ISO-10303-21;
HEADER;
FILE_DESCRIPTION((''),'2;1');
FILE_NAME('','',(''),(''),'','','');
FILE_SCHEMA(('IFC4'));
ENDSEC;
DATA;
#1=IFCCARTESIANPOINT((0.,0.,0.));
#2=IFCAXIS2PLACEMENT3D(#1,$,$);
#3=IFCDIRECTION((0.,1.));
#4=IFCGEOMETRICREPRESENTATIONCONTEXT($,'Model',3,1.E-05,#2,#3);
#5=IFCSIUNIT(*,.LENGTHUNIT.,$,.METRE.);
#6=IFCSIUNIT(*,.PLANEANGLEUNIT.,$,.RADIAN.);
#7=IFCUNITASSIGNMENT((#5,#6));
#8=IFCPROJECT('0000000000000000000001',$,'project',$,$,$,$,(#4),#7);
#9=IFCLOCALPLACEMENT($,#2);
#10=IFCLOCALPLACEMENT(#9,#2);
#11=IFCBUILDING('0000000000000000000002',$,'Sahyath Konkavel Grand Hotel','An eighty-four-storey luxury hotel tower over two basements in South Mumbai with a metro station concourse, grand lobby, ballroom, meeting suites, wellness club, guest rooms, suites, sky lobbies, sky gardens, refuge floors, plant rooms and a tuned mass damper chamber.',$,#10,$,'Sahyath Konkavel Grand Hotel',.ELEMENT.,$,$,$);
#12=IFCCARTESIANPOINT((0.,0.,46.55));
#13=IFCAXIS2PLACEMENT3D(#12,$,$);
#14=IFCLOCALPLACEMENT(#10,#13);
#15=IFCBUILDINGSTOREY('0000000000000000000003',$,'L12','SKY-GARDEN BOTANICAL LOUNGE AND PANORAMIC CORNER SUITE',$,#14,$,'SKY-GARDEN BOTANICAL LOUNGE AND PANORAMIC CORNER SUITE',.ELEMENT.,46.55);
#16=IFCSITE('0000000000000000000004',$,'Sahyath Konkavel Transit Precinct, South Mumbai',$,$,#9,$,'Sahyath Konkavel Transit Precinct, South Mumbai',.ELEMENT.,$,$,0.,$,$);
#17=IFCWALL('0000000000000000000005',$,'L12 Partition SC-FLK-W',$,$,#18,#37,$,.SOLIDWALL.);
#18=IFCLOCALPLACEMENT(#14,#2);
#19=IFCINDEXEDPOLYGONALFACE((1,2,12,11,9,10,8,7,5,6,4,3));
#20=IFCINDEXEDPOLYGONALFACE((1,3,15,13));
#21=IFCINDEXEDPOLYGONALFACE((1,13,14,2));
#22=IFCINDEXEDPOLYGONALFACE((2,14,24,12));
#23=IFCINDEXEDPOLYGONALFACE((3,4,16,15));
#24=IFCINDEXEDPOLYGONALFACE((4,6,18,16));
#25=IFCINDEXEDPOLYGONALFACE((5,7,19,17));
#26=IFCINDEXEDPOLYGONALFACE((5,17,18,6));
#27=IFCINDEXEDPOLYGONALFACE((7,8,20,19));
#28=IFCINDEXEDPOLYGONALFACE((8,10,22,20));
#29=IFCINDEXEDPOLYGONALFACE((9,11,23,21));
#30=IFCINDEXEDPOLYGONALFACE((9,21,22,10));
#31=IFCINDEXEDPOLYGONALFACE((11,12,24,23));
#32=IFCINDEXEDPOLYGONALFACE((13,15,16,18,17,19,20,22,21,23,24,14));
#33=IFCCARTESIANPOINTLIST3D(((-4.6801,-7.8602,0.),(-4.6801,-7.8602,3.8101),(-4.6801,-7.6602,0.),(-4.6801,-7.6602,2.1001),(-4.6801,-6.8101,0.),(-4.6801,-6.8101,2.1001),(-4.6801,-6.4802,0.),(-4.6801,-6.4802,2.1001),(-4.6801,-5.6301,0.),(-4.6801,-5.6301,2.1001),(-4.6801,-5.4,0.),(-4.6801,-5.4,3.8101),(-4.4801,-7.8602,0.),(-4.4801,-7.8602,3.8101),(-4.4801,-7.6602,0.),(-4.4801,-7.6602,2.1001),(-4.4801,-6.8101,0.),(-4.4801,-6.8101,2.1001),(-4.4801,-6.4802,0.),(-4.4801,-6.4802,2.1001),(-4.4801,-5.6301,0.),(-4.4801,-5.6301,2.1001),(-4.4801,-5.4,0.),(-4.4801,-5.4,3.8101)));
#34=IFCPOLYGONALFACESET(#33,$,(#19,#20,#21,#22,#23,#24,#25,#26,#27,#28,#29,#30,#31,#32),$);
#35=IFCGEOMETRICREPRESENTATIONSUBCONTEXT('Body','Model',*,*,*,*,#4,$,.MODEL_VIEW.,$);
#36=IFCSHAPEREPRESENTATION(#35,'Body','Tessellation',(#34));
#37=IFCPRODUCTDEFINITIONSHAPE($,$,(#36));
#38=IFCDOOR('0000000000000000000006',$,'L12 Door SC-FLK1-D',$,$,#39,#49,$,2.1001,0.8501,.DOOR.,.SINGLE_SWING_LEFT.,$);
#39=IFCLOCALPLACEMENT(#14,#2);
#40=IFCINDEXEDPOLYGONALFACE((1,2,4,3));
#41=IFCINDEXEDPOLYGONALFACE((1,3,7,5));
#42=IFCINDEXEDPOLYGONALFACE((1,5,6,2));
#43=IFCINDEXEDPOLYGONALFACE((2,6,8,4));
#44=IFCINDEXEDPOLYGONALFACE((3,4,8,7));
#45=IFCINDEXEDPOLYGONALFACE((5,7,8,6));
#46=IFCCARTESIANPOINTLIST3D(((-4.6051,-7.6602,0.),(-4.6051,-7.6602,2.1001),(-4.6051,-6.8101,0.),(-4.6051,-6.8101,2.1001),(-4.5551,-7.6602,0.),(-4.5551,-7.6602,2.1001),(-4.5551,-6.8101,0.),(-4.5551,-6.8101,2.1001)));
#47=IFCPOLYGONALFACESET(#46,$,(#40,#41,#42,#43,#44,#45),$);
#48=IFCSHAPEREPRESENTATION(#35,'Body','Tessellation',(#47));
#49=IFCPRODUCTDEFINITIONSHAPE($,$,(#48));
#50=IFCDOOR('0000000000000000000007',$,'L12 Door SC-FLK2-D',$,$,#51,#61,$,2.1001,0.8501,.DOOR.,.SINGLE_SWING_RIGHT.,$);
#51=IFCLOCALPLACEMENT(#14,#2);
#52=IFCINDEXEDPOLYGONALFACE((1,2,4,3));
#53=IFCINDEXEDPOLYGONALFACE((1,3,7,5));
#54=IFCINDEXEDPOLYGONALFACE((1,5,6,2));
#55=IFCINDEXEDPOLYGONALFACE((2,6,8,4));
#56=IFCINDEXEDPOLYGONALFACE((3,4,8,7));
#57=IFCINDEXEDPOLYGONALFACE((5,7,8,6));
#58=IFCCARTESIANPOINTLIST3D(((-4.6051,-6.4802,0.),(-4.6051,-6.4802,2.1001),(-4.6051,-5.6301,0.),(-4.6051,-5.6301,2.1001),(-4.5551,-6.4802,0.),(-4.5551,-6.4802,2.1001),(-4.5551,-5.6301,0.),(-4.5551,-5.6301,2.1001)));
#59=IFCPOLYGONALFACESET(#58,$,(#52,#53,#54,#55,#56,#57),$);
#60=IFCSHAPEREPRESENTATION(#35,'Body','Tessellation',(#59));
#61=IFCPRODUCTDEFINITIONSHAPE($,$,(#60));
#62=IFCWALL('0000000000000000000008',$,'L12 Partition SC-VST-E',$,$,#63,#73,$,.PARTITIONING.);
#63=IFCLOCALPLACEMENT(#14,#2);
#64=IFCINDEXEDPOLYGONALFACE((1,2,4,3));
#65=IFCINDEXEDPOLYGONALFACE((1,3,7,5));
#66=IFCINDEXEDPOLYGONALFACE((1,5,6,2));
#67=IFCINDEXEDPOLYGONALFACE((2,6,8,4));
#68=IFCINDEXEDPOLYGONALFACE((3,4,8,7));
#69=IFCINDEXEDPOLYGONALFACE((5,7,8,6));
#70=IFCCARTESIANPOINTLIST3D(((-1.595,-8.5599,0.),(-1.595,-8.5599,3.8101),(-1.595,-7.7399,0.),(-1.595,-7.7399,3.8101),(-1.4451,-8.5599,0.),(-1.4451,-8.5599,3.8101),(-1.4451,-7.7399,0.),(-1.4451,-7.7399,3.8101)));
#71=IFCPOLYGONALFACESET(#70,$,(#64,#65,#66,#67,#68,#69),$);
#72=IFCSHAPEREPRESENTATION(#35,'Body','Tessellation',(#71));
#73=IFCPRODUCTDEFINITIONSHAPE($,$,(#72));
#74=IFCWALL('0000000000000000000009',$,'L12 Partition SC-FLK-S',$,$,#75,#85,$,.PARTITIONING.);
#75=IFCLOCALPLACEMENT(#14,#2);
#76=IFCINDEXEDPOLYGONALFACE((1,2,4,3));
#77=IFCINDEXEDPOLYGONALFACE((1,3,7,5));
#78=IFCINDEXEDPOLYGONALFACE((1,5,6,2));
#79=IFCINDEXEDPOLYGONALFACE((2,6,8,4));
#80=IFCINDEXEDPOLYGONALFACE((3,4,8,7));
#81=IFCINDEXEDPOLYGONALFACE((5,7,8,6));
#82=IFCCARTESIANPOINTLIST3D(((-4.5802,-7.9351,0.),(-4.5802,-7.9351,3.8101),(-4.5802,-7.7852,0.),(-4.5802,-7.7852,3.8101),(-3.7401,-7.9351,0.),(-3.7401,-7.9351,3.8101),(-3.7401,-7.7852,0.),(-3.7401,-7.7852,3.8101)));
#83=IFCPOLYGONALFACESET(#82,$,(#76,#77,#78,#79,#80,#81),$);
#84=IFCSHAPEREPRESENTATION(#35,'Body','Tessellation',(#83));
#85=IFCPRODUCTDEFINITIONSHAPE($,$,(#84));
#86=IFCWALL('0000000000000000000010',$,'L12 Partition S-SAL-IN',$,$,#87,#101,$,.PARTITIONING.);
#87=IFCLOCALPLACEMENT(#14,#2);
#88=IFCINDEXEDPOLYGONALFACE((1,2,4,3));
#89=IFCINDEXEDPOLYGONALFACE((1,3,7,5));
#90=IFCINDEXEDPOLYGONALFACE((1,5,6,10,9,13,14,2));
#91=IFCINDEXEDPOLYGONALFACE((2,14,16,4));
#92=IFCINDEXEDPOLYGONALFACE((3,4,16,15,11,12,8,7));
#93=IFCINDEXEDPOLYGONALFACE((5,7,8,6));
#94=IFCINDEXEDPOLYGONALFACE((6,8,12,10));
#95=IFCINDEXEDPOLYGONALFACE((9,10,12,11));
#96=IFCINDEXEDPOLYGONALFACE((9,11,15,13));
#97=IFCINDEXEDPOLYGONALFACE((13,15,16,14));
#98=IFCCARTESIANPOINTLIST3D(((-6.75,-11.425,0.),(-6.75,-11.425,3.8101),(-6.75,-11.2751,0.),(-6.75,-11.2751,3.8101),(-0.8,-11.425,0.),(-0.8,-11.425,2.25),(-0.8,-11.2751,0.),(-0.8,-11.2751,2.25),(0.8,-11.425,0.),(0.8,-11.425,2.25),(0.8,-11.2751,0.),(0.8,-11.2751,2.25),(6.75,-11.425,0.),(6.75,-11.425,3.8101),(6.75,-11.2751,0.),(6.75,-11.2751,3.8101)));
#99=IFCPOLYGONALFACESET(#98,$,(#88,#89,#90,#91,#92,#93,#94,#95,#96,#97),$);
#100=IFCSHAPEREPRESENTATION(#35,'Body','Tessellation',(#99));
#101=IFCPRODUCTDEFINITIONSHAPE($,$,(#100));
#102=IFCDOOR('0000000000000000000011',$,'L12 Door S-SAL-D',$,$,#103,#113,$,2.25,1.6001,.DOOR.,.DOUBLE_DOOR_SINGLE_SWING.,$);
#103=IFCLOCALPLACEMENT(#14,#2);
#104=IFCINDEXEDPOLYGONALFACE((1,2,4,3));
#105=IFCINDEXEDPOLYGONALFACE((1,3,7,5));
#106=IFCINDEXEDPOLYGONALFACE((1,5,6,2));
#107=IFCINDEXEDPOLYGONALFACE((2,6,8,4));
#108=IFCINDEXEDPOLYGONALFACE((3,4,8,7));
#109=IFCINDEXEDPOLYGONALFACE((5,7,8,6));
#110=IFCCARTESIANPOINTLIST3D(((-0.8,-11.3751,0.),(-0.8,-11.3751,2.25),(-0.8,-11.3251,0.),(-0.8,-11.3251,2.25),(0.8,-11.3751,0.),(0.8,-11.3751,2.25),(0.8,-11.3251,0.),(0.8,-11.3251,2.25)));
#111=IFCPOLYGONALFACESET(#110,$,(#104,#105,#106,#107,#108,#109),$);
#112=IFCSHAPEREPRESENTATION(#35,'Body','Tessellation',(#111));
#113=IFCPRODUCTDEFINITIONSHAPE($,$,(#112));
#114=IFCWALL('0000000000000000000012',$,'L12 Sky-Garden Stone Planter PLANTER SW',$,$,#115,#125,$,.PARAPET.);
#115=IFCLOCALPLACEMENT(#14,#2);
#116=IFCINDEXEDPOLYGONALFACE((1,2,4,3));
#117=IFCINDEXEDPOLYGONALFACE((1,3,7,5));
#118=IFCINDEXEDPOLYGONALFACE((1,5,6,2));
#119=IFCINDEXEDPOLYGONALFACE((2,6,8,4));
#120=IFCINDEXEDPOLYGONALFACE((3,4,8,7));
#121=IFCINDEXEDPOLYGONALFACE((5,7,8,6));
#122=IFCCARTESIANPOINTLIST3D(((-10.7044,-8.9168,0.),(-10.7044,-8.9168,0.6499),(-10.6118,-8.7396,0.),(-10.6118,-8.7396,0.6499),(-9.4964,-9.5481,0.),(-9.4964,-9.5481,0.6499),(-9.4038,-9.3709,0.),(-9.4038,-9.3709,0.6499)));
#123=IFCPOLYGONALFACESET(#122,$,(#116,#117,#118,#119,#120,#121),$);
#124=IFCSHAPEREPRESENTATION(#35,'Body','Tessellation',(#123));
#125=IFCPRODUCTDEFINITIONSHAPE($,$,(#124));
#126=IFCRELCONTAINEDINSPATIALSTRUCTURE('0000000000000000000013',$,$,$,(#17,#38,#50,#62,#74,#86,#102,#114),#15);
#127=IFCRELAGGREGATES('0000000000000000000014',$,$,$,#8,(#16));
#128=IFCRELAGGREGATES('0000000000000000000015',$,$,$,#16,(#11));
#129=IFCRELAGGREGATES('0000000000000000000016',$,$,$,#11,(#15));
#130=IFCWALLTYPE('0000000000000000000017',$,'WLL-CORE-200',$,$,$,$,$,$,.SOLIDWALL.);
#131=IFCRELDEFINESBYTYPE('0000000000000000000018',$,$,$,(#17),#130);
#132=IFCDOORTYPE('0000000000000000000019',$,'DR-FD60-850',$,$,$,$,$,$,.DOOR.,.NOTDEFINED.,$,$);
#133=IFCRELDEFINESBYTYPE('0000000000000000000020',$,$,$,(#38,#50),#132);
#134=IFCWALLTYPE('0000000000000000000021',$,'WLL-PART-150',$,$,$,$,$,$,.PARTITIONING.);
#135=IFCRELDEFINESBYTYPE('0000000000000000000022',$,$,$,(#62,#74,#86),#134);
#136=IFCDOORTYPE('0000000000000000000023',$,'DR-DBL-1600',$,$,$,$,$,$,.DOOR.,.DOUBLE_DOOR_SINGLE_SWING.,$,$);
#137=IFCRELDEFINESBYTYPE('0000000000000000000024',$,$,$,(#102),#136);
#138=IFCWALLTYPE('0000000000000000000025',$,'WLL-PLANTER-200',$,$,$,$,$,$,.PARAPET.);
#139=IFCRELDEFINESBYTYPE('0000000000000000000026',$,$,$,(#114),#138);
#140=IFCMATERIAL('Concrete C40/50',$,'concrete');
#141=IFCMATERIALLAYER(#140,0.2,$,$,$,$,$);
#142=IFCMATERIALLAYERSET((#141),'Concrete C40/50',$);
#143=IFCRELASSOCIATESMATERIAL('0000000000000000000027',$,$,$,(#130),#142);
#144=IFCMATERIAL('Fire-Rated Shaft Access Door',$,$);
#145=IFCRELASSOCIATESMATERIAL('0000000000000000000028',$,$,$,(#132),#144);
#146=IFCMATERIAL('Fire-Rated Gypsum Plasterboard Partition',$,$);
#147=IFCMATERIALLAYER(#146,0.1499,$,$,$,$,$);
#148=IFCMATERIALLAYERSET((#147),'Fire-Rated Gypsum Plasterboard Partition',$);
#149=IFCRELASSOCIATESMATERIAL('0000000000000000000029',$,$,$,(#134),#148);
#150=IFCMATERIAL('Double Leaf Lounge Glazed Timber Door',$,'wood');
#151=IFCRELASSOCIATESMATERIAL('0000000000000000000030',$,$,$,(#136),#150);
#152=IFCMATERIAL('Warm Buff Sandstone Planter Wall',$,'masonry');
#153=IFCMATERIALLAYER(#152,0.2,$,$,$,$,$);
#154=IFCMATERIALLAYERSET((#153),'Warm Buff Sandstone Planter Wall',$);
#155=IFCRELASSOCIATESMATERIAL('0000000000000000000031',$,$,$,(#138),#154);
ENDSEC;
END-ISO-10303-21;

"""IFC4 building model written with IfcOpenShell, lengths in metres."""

from ifc_helpers import new_model, si_unit, direction, frame, frame_2d, origin, origin_2d, place, context, subcontext, project, spatial, rectangle, extrude, source, transform, mapped, material, layer, layer_set, type_object, element, fill, save


model = new_model("IFC4")

# Units and contexts
model_context = context("Model", 3, precision=1e-05, world=origin(), true_north=direction((0.0, 1.0)))
body_context = subcontext(model_context, "Body", "Model", "MODEL_VIEW")
ifc_project = project(units=[si_unit("LENGTHUNIT", "METRE"), si_unit("PLANEANGLEUNIT", "RADIAN")], contexts=[model_context])

# Site, building, storey
site_placement = place(None, origin())
site = spatial("IfcSite", under=ifc_project, at=site_placement, Name="Sahyath Konkavel Transit Precinct, South Mumbai", LongName="Sahyath Konkavel Transit Precinct, South Mumbai", CompositionType="ELEMENT", RefElevation=0.0)
building_placement = place(site_placement, origin())
building = spatial("IfcBuilding", under=site, at=building_placement, Name="Sahyath Konkavel Grand Hotel", Description="An eighty-four-storey luxury hotel tower over two basements in South Mumbai with a metro station concourse, grand lobby, ballroom, meeting suites, wellness club, guest rooms, suites, sky lobbies, sky gardens, refuge floors, plant rooms and a tuned mass damper chamber.", LongName="Sahyath Konkavel Grand Hotel", CompositionType="ELEMENT")
storey_placement = place(building_placement, frame((0.0, 0.0, 46.55)))
storey = spatial("IfcBuildingStorey", under=building, at=storey_placement, Name="L12", Description="SKY-GARDEN BOTANICAL LOUNGE AND PANORAMIC CORNER SUITE", LongName="SKY-GARDEN BOTANICAL LOUNGE AND PANORAMIC CORNER SUITE", CompositionType="ELEMENT", Elevation=46.55)

# Shared definitions
ifc_material_1 = material(Name="Concrete C40/50", Category="concrete")
ifc_layer_1 = layer(ifc_material_1, 0.2)
ifc_layer_set_1 = layer_set([ifc_layer_1], Name="Concrete C40/50")
wall_type_1 = type_object("IfcWallType", Name="WLL-CORE-200", PredefinedType="SOLIDWALL", material=ifc_layer_set_1)

# Shared definitions
shared_shape_1 = source(origin(), body_context, "Body", "SweptSolid", [
    extrude(rectangle(XDim=0.8501, YDim=0.05, at=origin_2d()), origin(), (0.0, 0.0, 1.0), 2.1001),
])

# Wall, openings, doors
wall_1_placement = place(storey_placement, frame((-4.5801, -7.8601, 0.0), z_axis=(0.0, 0.0, 1.0), x_axis=(0.0, 1.0, 0.0)))
wall_1 = element("IfcWall", 1, at=wall_1_placement, inside=storey, type_object=wall_type_1, Name="L12 Partition SC-FLK-W", PredefinedType="SOLIDWALL", context=body_context, shape_type="SweptSolid", body=[
    extrude(rectangle(XDim=2.4602, YDim=0.2, at=frame_2d((1.23, 0.0))), origin(), (0.0, 0.0, 1.0), 3.8101),
])
opening_1_placement = place(wall_1_placement, frame((0.2, 0.0, 0.0)))
opening_1 = element("IfcOpeningElement", 2, at=opening_1_placement, cuts=wall_1, PredefinedType="OPENING", context=body_context, shape_type="SweptSolid", body=[
    extrude(rectangle(XDim=0.8501, YDim=2.1001, at=frame_2d((0.425, 1.05))), frame((0.0, 0.1099, 0.0), z_axis=(0.0, -1.0, 0.0), x_axis=(1.0, 0.0, 0.0)), (0.0, 0.0, 1.0), 0.22),
])
opening_2_placement = place(wall_1_placement, frame((1.3799, 0.0, 0.0)))
opening_2 = element("IfcOpeningElement", 3, at=opening_2_placement, cuts=wall_1, PredefinedType="OPENING", context=body_context, shape_type="SweptSolid", body=[
    extrude(rectangle(XDim=0.8501, YDim=2.1001, at=frame_2d((0.425, 1.05))), frame((0.0, 0.1099, 0.0), z_axis=(0.0, -1.0, 0.0), x_axis=(1.0, 0.0, 0.0)), (0.0, 0.0, 1.0), 0.22),
])
ifc_material_2 = material(Name="Fire-Rated Shaft Access Door")
door_type_1 = type_object("IfcDoorType", Name="DR-FD60-850", OperationType="NOTDEFINED", PredefinedType="DOOR", material=ifc_material_2)
door_1_placement = place(opening_1_placement, frame((0.425, 0.0, 0.0)))
door_1 = element("IfcDoor", 4, at=door_1_placement, inside=storey, type_object=door_type_1, Name="L12 Door SC-FLK1-D", OperationType="SINGLE_SWING_LEFT", OverallHeight=2.1001, OverallWidth=0.8501, PredefinedType="DOOR", context=body_context, shape_type="MappedRepresentation", body=[
    mapped(shared_shape_1, transform((0.0, 0.0, 0.0), scale=1.0)),
])
fill(opening_1, door_1)
door_2_placement = place(opening_2_placement, frame((0.425, 0.0, 0.0)))
door_2 = element("IfcDoor", 5, at=door_2_placement, inside=storey, type_object=door_type_1, Name="L12 Door SC-FLK2-D", OperationType="SINGLE_SWING_RIGHT", OverallHeight=2.1001, OverallWidth=0.8501, PredefinedType="DOOR", context=body_context, shape_type="MappedRepresentation", body=[
    mapped(shared_shape_1, transform((0.0, 0.0, 0.0), scale=1.0)),
])
fill(opening_2, door_2)

# Walls
ifc_material_3 = material(Name="Fire-Rated Gypsum Plasterboard Partition")
ifc_layer_2 = layer(ifc_material_3, 0.1499)
ifc_layer_set_2 = layer_set([ifc_layer_2], Name="Fire-Rated Gypsum Plasterboard Partition")
wall_type_2 = type_object("IfcWallType", Name="WLL-PART-150", PredefinedType="PARTITIONING", material=ifc_layer_set_2)
wall_2_placement = place(storey_placement, frame((-1.52, -8.5601, 0.0), z_axis=(0.0, 0.0, 1.0), x_axis=(0.0, 1.0, 0.0)))
element("IfcWall", 6, at=wall_2_placement, inside=storey, type_object=wall_type_2, Name="L12 Partition SC-VST-E", PredefinedType="PARTITIONING", context=body_context, shape_type="SweptSolid", body=[
    extrude(rectangle(XDim=0.8201, YDim=0.1499, at=frame_2d((0.4102, 0.0))), origin(), (0.0, 0.0, 1.0), 3.8101),
])
wall_3_placement = place(storey_placement, frame((-4.5801, -7.8601, 0.0), z_axis=(0.0, 0.0, 1.0), x_axis=(1.0, 0.0, 0.0)))
element("IfcWall", 7, at=wall_3_placement, inside=storey, type_object=wall_type_2, Name="L12 Partition SC-FLK-S", PredefinedType="PARTITIONING", context=body_context, shape_type="SweptSolid", body=[
    extrude(rectangle(XDim=0.8401, YDim=0.1499, at=frame_2d((0.4199, 0.0))), origin(), (0.0, 0.0, 1.0), 3.8101),
])

# Wall, opening, door
wall_4_placement = place(storey_placement, frame((-6.75, -11.3501, 0.0), z_axis=(0.0, 0.0, 1.0), x_axis=(1.0, 0.0, 0.0)))
wall_4 = element("IfcWall", 8, at=wall_4_placement, inside=storey, type_object=wall_type_2, Name="L12 Partition S-SAL-IN", PredefinedType="PARTITIONING", context=body_context, shape_type="SweptSolid", body=[
    extrude(rectangle(XDim=13.5, YDim=0.1499, at=frame_2d((6.75, 0.0))), origin(), (0.0, 0.0, 1.0), 3.8101),
])
opening_3_placement = place(wall_4_placement, frame((5.95, 0.0, 0.0)))
opening_3 = element("IfcOpeningElement", 9, at=opening_3_placement, cuts=wall_4, PredefinedType="OPENING", context=body_context, shape_type="SweptSolid", body=[
    extrude(rectangle(XDim=1.6001, YDim=2.25, at=frame_2d((0.8, 1.125))), frame((0.0, 0.085, 0.0), z_axis=(0.0, -1.0, 0.0), x_axis=(1.0, 0.0, 0.0)), (0.0, 0.0, 1.0), 0.1699),
])
ifc_material_4 = material(Name="Double Leaf Lounge Glazed Timber Door", Category="wood")
door_type_2 = type_object("IfcDoorType", Name="DR-DBL-1600", OperationType="DOUBLE_DOOR_SINGLE_SWING", PredefinedType="DOOR", material=ifc_material_4)
shared_shape_2 = source(origin(), body_context, "Body", "SweptSolid", [
    extrude(rectangle(XDim=1.6001, YDim=0.05, at=origin_2d()), origin(), (0.0, 0.0, 1.0), 2.25),
])
door_3_placement = place(opening_3_placement, frame((0.8, 0.0, 0.0)))
door_3 = element("IfcDoor", 10, at=door_3_placement, inside=storey, type_object=door_type_2, Name="L12 Door S-SAL-D", OperationType="DOUBLE_DOOR_SINGLE_SWING", OverallHeight=2.25, OverallWidth=1.6001, PredefinedType="DOOR", context=body_context, shape_type="MappedRepresentation", body=[
    mapped(shared_shape_2, transform((0.0, 0.0, 0.0), scale=1.0)),
])
fill(opening_3, door_3)

# Wall
ifc_material_5 = material(Name="Warm Buff Sandstone Planter Wall", Category="masonry")
ifc_layer_3 = layer(ifc_material_5, 0.2)
ifc_layer_set_3 = layer_set([ifc_layer_3], Name="Warm Buff Sandstone Planter Wall")
wall_type_3 = type_object("IfcWallType", Name="WLL-PLANTER-200", PredefinedType="PARAPET", material=ifc_layer_set_3)
wall_5_placement = place(storey_placement, frame((-10.6582, -8.8281, 0.0), z_axis=(0.0, 0.0, 1.0), x_axis=(0.886259, -0.46319, 0.0)))
element("IfcWall", 11, at=wall_5_placement, inside=storey, type_object=wall_type_3, Name="L12 Sky-Garden Stone Planter PLANTER SW", PredefinedType="PARAPET", context=body_context, shape_type="SweptSolid", body=[
    extrude(rectangle(XDim=1.363, YDim=0.2, at=frame_2d((0.6816, 0.0))), origin(), (0.0, 0.0, 1.0), 0.6499),
])

save(model, "model.ifc")
